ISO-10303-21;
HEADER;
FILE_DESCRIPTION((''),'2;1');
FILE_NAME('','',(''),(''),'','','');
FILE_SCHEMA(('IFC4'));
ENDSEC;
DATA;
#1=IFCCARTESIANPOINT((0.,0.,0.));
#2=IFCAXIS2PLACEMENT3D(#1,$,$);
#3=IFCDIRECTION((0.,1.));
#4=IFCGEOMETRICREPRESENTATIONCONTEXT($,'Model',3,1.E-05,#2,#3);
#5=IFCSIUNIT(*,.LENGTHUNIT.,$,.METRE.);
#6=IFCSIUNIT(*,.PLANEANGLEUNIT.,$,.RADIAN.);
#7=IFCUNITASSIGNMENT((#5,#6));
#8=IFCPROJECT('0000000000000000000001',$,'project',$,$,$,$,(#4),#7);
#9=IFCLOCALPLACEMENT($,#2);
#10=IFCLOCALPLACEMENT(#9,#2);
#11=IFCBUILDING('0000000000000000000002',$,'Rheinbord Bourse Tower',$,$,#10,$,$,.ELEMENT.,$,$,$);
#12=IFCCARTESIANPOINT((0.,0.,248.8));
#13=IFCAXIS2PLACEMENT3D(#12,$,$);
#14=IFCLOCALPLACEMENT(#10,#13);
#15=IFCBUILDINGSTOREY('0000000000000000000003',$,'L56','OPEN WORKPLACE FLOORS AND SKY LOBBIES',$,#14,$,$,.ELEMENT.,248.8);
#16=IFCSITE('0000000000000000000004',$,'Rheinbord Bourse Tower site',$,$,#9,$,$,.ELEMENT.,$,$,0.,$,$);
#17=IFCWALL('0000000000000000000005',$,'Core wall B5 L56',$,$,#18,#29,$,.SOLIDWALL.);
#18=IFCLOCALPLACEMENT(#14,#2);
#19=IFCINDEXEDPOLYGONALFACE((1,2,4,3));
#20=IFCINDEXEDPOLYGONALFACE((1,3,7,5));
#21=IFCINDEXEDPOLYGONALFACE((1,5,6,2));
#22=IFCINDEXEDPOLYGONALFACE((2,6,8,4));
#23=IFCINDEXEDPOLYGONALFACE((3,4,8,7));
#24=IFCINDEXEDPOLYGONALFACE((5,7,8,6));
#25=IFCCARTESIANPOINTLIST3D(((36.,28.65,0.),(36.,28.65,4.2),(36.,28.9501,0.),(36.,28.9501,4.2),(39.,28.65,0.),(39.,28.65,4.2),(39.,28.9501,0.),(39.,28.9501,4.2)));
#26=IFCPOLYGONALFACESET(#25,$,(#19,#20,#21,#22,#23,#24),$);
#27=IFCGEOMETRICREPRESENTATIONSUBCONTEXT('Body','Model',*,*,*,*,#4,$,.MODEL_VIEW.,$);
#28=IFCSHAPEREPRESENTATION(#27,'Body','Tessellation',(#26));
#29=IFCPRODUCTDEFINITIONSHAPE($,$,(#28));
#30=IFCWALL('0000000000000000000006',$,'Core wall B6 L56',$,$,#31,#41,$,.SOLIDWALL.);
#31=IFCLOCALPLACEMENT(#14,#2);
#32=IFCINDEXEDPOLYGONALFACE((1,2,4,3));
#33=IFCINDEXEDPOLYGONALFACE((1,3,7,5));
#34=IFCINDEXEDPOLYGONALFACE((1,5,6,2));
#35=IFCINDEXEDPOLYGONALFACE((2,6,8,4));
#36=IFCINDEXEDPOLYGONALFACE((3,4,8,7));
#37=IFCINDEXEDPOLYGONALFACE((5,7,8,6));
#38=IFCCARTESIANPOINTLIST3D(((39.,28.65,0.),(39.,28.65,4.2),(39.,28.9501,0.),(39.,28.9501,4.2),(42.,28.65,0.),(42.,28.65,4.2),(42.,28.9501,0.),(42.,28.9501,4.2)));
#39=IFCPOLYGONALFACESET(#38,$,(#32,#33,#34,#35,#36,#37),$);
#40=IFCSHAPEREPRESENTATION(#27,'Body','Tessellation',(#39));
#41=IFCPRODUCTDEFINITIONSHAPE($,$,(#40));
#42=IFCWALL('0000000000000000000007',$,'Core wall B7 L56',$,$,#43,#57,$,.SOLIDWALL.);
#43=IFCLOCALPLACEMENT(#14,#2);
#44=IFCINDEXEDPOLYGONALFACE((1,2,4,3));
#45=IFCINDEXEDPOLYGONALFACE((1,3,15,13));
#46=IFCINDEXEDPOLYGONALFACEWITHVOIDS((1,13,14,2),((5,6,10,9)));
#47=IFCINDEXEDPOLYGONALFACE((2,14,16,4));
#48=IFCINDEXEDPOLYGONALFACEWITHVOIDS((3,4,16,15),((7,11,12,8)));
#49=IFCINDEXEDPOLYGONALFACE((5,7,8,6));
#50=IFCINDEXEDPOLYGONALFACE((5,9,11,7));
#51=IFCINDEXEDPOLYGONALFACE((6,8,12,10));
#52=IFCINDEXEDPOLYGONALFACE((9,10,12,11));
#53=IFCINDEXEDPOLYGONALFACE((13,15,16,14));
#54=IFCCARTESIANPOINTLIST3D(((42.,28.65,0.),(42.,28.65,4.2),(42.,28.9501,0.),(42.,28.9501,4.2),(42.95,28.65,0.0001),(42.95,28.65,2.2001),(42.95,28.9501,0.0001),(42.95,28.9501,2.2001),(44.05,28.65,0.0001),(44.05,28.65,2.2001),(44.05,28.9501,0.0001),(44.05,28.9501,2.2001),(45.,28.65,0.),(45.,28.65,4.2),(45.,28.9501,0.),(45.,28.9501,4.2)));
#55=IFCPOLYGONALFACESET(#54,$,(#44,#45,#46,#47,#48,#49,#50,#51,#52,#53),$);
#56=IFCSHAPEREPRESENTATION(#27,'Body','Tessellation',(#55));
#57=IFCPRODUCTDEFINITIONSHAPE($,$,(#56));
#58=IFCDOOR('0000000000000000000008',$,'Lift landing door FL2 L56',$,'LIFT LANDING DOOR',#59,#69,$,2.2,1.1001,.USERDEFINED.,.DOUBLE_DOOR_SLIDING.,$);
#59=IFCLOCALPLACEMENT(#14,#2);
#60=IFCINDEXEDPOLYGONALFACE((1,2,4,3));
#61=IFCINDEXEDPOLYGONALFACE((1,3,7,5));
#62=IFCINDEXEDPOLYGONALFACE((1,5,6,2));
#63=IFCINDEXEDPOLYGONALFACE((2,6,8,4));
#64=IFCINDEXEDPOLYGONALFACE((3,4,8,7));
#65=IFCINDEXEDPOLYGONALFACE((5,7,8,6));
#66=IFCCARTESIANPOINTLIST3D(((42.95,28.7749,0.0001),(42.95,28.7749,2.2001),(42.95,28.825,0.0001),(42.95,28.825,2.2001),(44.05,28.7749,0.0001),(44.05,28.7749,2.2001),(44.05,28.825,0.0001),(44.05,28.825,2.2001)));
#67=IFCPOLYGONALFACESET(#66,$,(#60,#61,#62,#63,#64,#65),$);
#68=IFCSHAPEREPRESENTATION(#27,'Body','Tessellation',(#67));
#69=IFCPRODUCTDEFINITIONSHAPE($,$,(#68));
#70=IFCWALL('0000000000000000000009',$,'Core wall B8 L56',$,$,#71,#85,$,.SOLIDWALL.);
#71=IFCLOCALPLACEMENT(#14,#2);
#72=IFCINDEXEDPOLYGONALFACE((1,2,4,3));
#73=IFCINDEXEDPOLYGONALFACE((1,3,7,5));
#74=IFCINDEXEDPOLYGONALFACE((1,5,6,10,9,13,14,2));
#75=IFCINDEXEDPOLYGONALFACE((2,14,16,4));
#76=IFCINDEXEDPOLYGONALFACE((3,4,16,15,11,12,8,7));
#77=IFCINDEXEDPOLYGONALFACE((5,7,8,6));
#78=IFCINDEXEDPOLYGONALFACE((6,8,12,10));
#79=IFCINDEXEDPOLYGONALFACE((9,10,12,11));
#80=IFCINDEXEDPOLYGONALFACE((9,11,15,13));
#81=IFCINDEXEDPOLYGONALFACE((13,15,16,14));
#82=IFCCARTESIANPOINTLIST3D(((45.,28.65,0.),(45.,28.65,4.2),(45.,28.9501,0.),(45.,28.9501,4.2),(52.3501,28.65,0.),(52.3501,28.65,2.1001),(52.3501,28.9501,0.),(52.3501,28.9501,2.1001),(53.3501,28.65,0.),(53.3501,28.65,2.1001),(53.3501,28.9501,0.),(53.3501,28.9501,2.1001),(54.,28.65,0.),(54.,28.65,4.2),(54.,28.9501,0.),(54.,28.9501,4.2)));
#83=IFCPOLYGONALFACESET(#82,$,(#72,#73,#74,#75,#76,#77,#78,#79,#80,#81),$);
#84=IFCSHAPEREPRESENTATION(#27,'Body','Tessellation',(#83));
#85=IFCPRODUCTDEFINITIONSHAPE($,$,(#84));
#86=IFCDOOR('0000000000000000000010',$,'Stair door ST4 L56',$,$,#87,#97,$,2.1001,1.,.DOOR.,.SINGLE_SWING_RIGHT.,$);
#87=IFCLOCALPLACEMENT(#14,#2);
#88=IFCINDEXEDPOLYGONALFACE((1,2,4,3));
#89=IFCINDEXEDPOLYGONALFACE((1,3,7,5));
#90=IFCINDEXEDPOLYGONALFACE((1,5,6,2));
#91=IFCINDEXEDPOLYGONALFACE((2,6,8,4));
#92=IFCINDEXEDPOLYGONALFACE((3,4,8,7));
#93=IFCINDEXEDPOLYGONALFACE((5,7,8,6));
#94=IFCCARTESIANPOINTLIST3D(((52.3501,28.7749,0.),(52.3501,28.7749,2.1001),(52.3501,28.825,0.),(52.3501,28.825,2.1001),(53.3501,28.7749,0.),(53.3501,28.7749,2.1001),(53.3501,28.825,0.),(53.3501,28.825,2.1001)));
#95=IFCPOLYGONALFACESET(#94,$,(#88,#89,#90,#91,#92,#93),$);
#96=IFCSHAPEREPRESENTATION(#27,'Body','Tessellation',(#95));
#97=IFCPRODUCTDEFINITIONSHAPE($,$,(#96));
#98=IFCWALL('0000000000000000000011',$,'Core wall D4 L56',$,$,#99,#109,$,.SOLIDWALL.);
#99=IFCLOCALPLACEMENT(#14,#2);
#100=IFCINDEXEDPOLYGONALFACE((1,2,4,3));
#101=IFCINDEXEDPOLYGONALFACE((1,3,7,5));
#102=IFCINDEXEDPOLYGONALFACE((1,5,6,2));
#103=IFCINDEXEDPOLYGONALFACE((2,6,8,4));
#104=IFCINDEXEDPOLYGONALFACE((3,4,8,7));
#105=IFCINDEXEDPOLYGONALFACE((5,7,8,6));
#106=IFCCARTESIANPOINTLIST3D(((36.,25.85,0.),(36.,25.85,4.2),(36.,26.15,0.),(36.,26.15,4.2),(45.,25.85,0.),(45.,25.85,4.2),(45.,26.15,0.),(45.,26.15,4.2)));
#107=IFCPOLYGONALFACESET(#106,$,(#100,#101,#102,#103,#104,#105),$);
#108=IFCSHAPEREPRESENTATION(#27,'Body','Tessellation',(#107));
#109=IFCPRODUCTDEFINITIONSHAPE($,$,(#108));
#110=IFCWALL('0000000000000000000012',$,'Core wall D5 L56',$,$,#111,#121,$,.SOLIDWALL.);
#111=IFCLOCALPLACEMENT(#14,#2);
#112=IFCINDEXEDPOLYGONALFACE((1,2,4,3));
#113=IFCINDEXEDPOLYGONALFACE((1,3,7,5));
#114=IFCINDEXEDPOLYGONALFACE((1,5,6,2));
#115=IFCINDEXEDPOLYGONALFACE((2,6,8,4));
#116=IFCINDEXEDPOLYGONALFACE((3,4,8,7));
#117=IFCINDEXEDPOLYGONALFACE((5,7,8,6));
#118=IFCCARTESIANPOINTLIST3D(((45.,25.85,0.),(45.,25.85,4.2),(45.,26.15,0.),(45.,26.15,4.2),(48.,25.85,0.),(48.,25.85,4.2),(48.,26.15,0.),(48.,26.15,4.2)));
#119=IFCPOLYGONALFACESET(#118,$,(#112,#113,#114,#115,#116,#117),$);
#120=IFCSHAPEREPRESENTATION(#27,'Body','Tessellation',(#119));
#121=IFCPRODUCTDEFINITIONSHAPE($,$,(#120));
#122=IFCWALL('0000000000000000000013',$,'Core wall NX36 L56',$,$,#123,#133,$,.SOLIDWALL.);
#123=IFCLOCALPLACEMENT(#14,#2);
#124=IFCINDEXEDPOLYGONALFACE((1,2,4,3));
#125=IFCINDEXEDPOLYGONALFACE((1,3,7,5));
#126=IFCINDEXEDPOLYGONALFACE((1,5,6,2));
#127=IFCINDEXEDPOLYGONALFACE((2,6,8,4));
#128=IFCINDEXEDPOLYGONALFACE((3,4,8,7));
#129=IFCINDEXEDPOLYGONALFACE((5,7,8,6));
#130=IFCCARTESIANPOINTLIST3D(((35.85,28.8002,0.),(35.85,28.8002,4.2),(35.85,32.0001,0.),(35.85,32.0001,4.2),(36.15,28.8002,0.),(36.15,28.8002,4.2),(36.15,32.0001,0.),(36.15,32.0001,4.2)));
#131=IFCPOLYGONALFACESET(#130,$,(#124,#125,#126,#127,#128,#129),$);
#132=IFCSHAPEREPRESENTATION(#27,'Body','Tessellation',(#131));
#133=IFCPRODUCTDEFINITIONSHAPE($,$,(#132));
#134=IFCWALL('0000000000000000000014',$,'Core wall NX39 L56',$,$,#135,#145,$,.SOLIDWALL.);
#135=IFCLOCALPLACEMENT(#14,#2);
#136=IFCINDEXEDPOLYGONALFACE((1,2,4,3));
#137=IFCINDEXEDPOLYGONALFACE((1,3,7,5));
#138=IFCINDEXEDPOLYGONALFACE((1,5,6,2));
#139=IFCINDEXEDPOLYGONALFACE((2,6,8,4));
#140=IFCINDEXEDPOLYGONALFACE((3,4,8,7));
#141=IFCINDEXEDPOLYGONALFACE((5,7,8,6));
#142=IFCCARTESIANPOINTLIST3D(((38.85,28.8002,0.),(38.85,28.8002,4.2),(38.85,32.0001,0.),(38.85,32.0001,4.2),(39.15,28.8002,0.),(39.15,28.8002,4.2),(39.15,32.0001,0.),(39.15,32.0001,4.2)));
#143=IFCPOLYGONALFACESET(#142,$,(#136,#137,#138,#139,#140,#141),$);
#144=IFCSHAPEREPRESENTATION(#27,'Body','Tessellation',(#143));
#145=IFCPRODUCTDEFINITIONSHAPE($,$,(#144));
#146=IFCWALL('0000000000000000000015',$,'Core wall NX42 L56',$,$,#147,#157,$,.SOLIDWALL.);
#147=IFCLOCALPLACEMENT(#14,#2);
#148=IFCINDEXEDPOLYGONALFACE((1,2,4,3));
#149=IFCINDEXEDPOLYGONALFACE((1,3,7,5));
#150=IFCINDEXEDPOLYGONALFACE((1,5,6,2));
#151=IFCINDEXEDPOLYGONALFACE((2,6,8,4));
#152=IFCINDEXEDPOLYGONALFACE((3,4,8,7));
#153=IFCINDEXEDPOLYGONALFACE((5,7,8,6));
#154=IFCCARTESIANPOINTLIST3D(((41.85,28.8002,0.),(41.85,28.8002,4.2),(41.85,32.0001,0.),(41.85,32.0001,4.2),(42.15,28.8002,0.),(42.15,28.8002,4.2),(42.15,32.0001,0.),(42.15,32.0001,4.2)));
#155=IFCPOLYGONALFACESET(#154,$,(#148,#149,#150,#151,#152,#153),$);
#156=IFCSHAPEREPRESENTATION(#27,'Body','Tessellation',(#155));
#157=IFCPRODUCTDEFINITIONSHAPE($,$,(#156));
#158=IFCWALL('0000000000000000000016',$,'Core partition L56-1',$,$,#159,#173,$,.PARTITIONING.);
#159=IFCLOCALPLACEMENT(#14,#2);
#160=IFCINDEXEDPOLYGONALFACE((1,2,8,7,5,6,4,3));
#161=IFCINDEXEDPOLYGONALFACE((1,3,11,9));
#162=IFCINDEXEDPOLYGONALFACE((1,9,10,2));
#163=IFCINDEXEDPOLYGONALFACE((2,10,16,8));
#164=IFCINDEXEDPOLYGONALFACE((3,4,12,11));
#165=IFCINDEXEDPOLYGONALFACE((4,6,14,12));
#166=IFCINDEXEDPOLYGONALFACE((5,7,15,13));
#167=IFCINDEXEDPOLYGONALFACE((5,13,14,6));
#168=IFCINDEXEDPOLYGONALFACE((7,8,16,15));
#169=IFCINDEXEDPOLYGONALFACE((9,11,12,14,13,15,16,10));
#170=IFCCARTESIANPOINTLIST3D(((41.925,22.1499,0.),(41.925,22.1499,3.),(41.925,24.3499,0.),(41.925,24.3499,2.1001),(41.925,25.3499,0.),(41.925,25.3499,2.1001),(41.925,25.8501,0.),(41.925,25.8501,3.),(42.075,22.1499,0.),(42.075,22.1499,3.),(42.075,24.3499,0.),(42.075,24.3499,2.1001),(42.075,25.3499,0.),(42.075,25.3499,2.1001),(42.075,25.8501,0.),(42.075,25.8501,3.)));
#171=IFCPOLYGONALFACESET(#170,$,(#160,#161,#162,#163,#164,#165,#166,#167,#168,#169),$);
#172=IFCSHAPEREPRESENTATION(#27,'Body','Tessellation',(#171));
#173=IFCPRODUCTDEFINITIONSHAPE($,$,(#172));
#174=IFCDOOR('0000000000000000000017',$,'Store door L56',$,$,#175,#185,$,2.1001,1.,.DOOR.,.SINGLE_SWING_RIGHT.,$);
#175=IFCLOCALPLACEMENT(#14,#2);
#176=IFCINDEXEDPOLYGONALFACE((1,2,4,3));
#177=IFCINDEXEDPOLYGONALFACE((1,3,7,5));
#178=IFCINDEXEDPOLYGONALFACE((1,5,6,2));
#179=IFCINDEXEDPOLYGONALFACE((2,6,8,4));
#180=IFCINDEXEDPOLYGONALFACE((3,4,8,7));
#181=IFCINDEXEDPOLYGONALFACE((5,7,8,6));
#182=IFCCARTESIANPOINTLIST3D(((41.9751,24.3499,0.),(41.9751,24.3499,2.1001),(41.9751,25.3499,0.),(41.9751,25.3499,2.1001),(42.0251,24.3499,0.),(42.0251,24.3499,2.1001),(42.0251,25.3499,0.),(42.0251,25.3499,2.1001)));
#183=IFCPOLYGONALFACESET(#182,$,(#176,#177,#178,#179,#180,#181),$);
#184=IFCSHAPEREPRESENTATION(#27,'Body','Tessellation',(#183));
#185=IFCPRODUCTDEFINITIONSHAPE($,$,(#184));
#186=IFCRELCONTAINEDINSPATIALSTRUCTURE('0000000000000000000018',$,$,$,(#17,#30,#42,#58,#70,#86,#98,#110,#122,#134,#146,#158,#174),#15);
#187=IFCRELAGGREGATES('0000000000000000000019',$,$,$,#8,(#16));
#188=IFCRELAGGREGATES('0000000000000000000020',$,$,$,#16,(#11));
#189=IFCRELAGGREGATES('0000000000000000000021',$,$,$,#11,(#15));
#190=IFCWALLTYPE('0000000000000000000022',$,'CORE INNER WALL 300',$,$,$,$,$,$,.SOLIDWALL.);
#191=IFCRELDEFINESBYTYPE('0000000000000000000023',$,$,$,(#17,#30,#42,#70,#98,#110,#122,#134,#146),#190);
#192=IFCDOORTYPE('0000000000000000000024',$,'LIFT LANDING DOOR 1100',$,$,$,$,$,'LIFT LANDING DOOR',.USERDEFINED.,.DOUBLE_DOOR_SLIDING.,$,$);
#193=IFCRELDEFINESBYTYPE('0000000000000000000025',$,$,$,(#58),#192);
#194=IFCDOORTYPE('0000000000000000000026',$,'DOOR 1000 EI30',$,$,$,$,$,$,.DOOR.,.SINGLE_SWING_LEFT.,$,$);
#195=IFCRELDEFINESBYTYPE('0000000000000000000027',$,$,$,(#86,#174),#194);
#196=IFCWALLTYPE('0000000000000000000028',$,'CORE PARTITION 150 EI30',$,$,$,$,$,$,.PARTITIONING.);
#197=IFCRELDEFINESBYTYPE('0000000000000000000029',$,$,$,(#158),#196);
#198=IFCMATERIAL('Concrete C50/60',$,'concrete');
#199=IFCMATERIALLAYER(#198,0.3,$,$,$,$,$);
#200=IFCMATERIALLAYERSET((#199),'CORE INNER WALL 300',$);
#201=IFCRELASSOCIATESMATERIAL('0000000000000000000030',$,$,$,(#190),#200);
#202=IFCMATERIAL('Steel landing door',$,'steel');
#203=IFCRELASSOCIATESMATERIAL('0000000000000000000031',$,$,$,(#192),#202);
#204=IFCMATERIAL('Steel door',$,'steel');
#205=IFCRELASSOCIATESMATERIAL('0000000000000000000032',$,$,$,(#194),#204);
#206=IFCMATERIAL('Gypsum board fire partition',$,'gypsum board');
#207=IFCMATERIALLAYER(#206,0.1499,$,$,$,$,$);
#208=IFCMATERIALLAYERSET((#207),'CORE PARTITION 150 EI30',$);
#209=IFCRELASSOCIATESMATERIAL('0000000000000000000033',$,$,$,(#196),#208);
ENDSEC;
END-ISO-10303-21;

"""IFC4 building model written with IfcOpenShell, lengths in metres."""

from ifc_helpers import new_model, si_unit, direction, frame, frame_2d, origin, place, context, subcontext, project, spatial, rectangle, extrude, material, layer, layer_set, type_object, element, fill, save


model = new_model("IFC4")

# Units and contexts
model_context = context("Model", 3, precision=1e-05, world=origin(), true_north=direction((0.0, 1.0)))
body_context = subcontext(model_context, "Body", "Model", "MODEL_VIEW")
ifc_project = project(units=[si_unit("LENGTHUNIT", "METRE"), si_unit("PLANEANGLEUNIT", "RADIAN")], contexts=[model_context])

# Site, building, storey
site_placement = place(None, origin())
site = spatial("IfcSite", under=ifc_project, at=site_placement, Name="Rheinbord Bourse Tower site", CompositionType="ELEMENT", RefElevation=0.0)
building_placement = place(site_placement, origin())
building = spatial("IfcBuilding", under=site, at=building_placement, Name="Rheinbord Bourse Tower", CompositionType="ELEMENT")
storey_placement = place(building_placement, frame((0.0, 0.0, 248.8)))
storey = spatial("IfcBuildingStorey", under=building, at=storey_placement, Name="L56", Description="OPEN WORKPLACE FLOORS AND SKY LOBBIES", CompositionType="ELEMENT", Elevation=248.8)

# Walls
ifc_material_1 = material(Name="Concrete C50/60", Category="concrete")
ifc_layer_1 = layer(ifc_material_1, 0.3)
ifc_layer_set_1 = layer_set([ifc_layer_1], Name="CORE INNER WALL 300")
wall_type_1 = type_object("IfcWallType", Name="CORE INNER WALL 300", PredefinedType="SOLIDWALL", material=ifc_layer_set_1)
for number, where, z_axis, x_axis, name in (
    (1, (36.0, 28.8, 0.0), (0.0, 0.0, 1.0), (1.0, 0.0, 0.0), "Core wall B5 L56"),
    (2, (39.0, 28.8, 0.0), (0.0, 0.0, 1.0), (1.0, 0.0, 0.0), "Core wall B6 L56"),
):
    element("IfcWall", number, at=place(storey_placement, frame(where, z_axis=z_axis, x_axis=x_axis)), inside=storey, type_object=wall_type_1, Name=name, PredefinedType="SOLIDWALL", context=body_context, shape_type="SweptSolid", body=[
        extrude(rectangle(XDim=3.0, YDim=0.3, at=frame_2d((1.5, 0.0))), origin(), (0.0, 0.0, 1.0), 4.2),
    ])

# Walls, openings, doors
wall_1_placement = place(storey_placement, frame((42.0, 28.8, 0.0), z_axis=(0.0, 0.0, 1.0), x_axis=(1.0, 0.0, 0.0)))
wall_1 = element("IfcWall", 3, at=wall_1_placement, inside=storey, type_object=wall_type_1, Name="Core wall B7 L56", PredefinedType="SOLIDWALL", context=body_context, shape_type="SweptSolid", body=[
    extrude(rectangle(XDim=3.0, YDim=0.3, at=frame_2d((1.5, 0.0))), origin(), (0.0, 0.0, 1.0), 4.2),
])
opening_1_placement = place(wall_1_placement, frame((0.95, 0.0, 0.0)))
opening_1 = element("IfcOpeningElement", 4, at=opening_1_placement, cuts=wall_1, PredefinedType="OPENING", context=body_context, shape_type="SweptSolid", body=[
    extrude(rectangle(XDim=1.1001, YDim=2.2, at=frame_2d((0.55, 1.1001))), frame((0.0, 0.1599, 0.0), z_axis=(0.0, -1.0, 0.0), x_axis=(1.0, 0.0, 0.0)), (0.0, 0.0, 1.0), 0.3201),
])
ifc_material_2 = material(Name="Steel landing door", Category="steel")
door_type_1 = type_object("IfcDoorType", Name="LIFT LANDING DOOR 1100", ElementType="LIFT LANDING DOOR", OperationType="DOUBLE_DOOR_SLIDING", PredefinedType="USERDEFINED", material=ifc_material_2)
door_1_placement = place(opening_1_placement, origin())
door_1 = element("IfcDoor", 5, at=door_1_placement, inside=storey, type_object=door_type_1, Name="Lift landing door FL2 L56", ObjectType="LIFT LANDING DOOR", OperationType="DOUBLE_DOOR_SLIDING", OverallHeight=2.2, OverallWidth=1.1001, PredefinedType="USERDEFINED", context=body_context, shape_type="SweptSolid", body=[
    extrude(rectangle(XDim=1.1001, YDim=2.2, at=frame_2d((0.55, 1.1001))), frame((0.0, 0.0249, 0.0), z_axis=(0.0, -1.0, 0.0), x_axis=(1.0, 0.0, 0.0)), (0.0, 0.0, 1.0), 0.05),
])
fill(opening_1, door_1)
wall_2_placement = place(storey_placement, frame((45.0, 28.8, 0.0), z_axis=(0.0, 0.0, 1.0), x_axis=(1.0, 0.0, 0.0)))
wall_2 = element("IfcWall", 6, at=wall_2_placement, inside=storey, type_object=wall_type_1, Name="Core wall B8 L56", PredefinedType="SOLIDWALL", context=body_context, shape_type="SweptSolid", body=[
    extrude(rectangle(XDim=9.0, YDim=0.3, at=frame_2d((4.5, 0.0))), origin(), (0.0, 0.0, 1.0), 4.2),
])
opening_2_placement = place(wall_2_placement, frame((7.3501, 0.0, 0.0)))
opening_2 = element("IfcOpeningElement", 7, at=opening_2_placement, cuts=wall_2, PredefinedType="OPENING", context=body_context, shape_type="SweptSolid", body=[
    extrude(rectangle(XDim=1.0, YDim=2.1001, at=frame_2d((0.5, 1.05))), frame((0.0, 0.1599, 0.0), z_axis=(0.0, -1.0, 0.0), x_axis=(1.0, 0.0, 0.0)), (0.0, 0.0, 1.0), 0.3201),
])
ifc_material_3 = material(Name="Steel door", Category="steel")
door_type_2 = type_object("IfcDoorType", Name="DOOR 1000 EI30", OperationType="SINGLE_SWING_LEFT", PredefinedType="DOOR", material=ifc_material_3)
door_2_placement = place(opening_2_placement, origin())
door_2 = element("IfcDoor", 8, at=door_2_placement, inside=storey, type_object=door_type_2, Name="Stair door ST4 L56", OperationType="SINGLE_SWING_RIGHT", OverallHeight=2.1001, OverallWidth=1.0, PredefinedType="DOOR", context=body_context, shape_type="SweptSolid", body=[
    extrude(rectangle(XDim=1.0, YDim=2.1001, at=frame_2d((0.5, 1.05))), frame((0.0, 0.0249, 0.0), z_axis=(0.0, -1.0, 0.0), x_axis=(1.0, 0.0, 0.0)), (0.0, 0.0, 1.0), 0.05),
])
fill(opening_2, door_2)

# Walls
wall_3_placement = place(storey_placement, frame((36.0, 26.0, 0.0), z_axis=(0.0, 0.0, 1.0), x_axis=(1.0, 0.0, 0.0)))
element("IfcWall", 9, at=wall_3_placement, inside=storey, type_object=wall_type_1, Name="Core wall D4 L56", PredefinedType="SOLIDWALL", context=body_context, shape_type="SweptSolid", body=[
    extrude(rectangle(XDim=9.0, YDim=0.3, at=frame_2d((4.5, 0.0))), origin(), (0.0, 0.0, 1.0), 4.2),
])
wall_4_placement = place(storey_placement, frame((45.0, 26.0, 0.0), z_axis=(0.0, 0.0, 1.0), x_axis=(1.0, 0.0, 0.0)))
element("IfcWall", 10, at=wall_4_placement, inside=storey, type_object=wall_type_1, Name="Core wall D5 L56", PredefinedType="SOLIDWALL", context=body_context, shape_type="SweptSolid", body=[
    extrude(rectangle(XDim=3.0, YDim=0.3, at=frame_2d((1.5, 0.0))), origin(), (0.0, 0.0, 1.0), 4.2),
])
for number, where, z_axis, x_axis, name in (
    (11, (36.0, 28.8, 0.0), (0.0, 0.0, 1.0), (0.0, 1.0, 0.0), "Core wall NX36 L56"),
    (12, (39.0, 28.8, 0.0), (0.0, 0.0, 1.0), (0.0, 1.0, 0.0), "Core wall NX39 L56"),
    (13, (42.0, 28.8, 0.0), (0.0, 0.0, 1.0), (0.0, 1.0, 0.0), "Core wall NX42 L56"),
):
    element("IfcWall", number, at=place(storey_placement, frame(where, z_axis=z_axis, x_axis=x_axis)), inside=storey, type_object=wall_type_1, Name=name, PredefinedType="SOLIDWALL", context=body_context, shape_type="SweptSolid", body=[
        extrude(rectangle(XDim=3.2, YDim=0.3, at=frame_2d((1.6001, 0.0))), origin(), (0.0, 0.0, 1.0), 4.2),
    ])

# Wall, opening, door
ifc_material_4 = material(Name="Gypsum board fire partition", Category="gypsum board")
ifc_layer_2 = layer(ifc_material_4, 0.1499)
ifc_layer_set_2 = layer_set([ifc_layer_2], Name="CORE PARTITION 150 EI30")
wall_type_2 = type_object("IfcWallType", Name="CORE PARTITION 150 EI30", PredefinedType="PARTITIONING", material=ifc_layer_set_2)
wall_5_placement = place(storey_placement, frame((42.0, 22.1499, 0.0), z_axis=(0.0, 0.0, 1.0), x_axis=(0.0, 1.0, 0.0)))
wall_5 = element("IfcWall", 14, at=wall_5_placement, inside=storey, type_object=wall_type_2, Name="Core partition L56-1", PredefinedType="PARTITIONING", context=body_context, shape_type="SweptSolid", body=[
    extrude(rectangle(XDim=3.7002, YDim=0.1499, at=frame_2d((1.8501, 0.0))), origin(), (0.0, 0.0, 1.0), 3.0),
])
opening_3_placement = place(wall_5_placement, frame((2.2, 0.0, 0.0)))
opening_3 = element("IfcOpeningElement", 15, at=opening_3_placement, cuts=wall_5, PredefinedType="OPENING", context=body_context, shape_type="SweptSolid", body=[
    extrude(rectangle(XDim=1.0, YDim=2.1001, at=frame_2d((0.5, 1.05))), frame((0.0, 0.085, 0.0), z_axis=(0.0, -1.0, 0.0), x_axis=(1.0, 0.0, 0.0)), (0.0, 0.0, 1.0), 0.1699),
])
door_3_placement = place(opening_3_placement, origin())
door_3 = element("IfcDoor", 16, at=door_3_placement, inside=storey, type_object=door_type_2, Name="Store door L56", OperationType="SINGLE_SWING_RIGHT", OverallHeight=2.1001, OverallWidth=1.0, PredefinedType="DOOR", context=body_context, shape_type="SweptSolid", body=[
    extrude(rectangle(XDim=1.0, YDim=2.1001, at=frame_2d((0.5, 1.05))), frame((0.0, 0.0249, 0.0), z_axis=(0.0, -1.0, 0.0), x_axis=(1.0, 0.0, 0.0)), (0.0, 0.0, 1.0), 0.05),
])
fill(opening_3, door_3)

save(model, "model.ifc")
